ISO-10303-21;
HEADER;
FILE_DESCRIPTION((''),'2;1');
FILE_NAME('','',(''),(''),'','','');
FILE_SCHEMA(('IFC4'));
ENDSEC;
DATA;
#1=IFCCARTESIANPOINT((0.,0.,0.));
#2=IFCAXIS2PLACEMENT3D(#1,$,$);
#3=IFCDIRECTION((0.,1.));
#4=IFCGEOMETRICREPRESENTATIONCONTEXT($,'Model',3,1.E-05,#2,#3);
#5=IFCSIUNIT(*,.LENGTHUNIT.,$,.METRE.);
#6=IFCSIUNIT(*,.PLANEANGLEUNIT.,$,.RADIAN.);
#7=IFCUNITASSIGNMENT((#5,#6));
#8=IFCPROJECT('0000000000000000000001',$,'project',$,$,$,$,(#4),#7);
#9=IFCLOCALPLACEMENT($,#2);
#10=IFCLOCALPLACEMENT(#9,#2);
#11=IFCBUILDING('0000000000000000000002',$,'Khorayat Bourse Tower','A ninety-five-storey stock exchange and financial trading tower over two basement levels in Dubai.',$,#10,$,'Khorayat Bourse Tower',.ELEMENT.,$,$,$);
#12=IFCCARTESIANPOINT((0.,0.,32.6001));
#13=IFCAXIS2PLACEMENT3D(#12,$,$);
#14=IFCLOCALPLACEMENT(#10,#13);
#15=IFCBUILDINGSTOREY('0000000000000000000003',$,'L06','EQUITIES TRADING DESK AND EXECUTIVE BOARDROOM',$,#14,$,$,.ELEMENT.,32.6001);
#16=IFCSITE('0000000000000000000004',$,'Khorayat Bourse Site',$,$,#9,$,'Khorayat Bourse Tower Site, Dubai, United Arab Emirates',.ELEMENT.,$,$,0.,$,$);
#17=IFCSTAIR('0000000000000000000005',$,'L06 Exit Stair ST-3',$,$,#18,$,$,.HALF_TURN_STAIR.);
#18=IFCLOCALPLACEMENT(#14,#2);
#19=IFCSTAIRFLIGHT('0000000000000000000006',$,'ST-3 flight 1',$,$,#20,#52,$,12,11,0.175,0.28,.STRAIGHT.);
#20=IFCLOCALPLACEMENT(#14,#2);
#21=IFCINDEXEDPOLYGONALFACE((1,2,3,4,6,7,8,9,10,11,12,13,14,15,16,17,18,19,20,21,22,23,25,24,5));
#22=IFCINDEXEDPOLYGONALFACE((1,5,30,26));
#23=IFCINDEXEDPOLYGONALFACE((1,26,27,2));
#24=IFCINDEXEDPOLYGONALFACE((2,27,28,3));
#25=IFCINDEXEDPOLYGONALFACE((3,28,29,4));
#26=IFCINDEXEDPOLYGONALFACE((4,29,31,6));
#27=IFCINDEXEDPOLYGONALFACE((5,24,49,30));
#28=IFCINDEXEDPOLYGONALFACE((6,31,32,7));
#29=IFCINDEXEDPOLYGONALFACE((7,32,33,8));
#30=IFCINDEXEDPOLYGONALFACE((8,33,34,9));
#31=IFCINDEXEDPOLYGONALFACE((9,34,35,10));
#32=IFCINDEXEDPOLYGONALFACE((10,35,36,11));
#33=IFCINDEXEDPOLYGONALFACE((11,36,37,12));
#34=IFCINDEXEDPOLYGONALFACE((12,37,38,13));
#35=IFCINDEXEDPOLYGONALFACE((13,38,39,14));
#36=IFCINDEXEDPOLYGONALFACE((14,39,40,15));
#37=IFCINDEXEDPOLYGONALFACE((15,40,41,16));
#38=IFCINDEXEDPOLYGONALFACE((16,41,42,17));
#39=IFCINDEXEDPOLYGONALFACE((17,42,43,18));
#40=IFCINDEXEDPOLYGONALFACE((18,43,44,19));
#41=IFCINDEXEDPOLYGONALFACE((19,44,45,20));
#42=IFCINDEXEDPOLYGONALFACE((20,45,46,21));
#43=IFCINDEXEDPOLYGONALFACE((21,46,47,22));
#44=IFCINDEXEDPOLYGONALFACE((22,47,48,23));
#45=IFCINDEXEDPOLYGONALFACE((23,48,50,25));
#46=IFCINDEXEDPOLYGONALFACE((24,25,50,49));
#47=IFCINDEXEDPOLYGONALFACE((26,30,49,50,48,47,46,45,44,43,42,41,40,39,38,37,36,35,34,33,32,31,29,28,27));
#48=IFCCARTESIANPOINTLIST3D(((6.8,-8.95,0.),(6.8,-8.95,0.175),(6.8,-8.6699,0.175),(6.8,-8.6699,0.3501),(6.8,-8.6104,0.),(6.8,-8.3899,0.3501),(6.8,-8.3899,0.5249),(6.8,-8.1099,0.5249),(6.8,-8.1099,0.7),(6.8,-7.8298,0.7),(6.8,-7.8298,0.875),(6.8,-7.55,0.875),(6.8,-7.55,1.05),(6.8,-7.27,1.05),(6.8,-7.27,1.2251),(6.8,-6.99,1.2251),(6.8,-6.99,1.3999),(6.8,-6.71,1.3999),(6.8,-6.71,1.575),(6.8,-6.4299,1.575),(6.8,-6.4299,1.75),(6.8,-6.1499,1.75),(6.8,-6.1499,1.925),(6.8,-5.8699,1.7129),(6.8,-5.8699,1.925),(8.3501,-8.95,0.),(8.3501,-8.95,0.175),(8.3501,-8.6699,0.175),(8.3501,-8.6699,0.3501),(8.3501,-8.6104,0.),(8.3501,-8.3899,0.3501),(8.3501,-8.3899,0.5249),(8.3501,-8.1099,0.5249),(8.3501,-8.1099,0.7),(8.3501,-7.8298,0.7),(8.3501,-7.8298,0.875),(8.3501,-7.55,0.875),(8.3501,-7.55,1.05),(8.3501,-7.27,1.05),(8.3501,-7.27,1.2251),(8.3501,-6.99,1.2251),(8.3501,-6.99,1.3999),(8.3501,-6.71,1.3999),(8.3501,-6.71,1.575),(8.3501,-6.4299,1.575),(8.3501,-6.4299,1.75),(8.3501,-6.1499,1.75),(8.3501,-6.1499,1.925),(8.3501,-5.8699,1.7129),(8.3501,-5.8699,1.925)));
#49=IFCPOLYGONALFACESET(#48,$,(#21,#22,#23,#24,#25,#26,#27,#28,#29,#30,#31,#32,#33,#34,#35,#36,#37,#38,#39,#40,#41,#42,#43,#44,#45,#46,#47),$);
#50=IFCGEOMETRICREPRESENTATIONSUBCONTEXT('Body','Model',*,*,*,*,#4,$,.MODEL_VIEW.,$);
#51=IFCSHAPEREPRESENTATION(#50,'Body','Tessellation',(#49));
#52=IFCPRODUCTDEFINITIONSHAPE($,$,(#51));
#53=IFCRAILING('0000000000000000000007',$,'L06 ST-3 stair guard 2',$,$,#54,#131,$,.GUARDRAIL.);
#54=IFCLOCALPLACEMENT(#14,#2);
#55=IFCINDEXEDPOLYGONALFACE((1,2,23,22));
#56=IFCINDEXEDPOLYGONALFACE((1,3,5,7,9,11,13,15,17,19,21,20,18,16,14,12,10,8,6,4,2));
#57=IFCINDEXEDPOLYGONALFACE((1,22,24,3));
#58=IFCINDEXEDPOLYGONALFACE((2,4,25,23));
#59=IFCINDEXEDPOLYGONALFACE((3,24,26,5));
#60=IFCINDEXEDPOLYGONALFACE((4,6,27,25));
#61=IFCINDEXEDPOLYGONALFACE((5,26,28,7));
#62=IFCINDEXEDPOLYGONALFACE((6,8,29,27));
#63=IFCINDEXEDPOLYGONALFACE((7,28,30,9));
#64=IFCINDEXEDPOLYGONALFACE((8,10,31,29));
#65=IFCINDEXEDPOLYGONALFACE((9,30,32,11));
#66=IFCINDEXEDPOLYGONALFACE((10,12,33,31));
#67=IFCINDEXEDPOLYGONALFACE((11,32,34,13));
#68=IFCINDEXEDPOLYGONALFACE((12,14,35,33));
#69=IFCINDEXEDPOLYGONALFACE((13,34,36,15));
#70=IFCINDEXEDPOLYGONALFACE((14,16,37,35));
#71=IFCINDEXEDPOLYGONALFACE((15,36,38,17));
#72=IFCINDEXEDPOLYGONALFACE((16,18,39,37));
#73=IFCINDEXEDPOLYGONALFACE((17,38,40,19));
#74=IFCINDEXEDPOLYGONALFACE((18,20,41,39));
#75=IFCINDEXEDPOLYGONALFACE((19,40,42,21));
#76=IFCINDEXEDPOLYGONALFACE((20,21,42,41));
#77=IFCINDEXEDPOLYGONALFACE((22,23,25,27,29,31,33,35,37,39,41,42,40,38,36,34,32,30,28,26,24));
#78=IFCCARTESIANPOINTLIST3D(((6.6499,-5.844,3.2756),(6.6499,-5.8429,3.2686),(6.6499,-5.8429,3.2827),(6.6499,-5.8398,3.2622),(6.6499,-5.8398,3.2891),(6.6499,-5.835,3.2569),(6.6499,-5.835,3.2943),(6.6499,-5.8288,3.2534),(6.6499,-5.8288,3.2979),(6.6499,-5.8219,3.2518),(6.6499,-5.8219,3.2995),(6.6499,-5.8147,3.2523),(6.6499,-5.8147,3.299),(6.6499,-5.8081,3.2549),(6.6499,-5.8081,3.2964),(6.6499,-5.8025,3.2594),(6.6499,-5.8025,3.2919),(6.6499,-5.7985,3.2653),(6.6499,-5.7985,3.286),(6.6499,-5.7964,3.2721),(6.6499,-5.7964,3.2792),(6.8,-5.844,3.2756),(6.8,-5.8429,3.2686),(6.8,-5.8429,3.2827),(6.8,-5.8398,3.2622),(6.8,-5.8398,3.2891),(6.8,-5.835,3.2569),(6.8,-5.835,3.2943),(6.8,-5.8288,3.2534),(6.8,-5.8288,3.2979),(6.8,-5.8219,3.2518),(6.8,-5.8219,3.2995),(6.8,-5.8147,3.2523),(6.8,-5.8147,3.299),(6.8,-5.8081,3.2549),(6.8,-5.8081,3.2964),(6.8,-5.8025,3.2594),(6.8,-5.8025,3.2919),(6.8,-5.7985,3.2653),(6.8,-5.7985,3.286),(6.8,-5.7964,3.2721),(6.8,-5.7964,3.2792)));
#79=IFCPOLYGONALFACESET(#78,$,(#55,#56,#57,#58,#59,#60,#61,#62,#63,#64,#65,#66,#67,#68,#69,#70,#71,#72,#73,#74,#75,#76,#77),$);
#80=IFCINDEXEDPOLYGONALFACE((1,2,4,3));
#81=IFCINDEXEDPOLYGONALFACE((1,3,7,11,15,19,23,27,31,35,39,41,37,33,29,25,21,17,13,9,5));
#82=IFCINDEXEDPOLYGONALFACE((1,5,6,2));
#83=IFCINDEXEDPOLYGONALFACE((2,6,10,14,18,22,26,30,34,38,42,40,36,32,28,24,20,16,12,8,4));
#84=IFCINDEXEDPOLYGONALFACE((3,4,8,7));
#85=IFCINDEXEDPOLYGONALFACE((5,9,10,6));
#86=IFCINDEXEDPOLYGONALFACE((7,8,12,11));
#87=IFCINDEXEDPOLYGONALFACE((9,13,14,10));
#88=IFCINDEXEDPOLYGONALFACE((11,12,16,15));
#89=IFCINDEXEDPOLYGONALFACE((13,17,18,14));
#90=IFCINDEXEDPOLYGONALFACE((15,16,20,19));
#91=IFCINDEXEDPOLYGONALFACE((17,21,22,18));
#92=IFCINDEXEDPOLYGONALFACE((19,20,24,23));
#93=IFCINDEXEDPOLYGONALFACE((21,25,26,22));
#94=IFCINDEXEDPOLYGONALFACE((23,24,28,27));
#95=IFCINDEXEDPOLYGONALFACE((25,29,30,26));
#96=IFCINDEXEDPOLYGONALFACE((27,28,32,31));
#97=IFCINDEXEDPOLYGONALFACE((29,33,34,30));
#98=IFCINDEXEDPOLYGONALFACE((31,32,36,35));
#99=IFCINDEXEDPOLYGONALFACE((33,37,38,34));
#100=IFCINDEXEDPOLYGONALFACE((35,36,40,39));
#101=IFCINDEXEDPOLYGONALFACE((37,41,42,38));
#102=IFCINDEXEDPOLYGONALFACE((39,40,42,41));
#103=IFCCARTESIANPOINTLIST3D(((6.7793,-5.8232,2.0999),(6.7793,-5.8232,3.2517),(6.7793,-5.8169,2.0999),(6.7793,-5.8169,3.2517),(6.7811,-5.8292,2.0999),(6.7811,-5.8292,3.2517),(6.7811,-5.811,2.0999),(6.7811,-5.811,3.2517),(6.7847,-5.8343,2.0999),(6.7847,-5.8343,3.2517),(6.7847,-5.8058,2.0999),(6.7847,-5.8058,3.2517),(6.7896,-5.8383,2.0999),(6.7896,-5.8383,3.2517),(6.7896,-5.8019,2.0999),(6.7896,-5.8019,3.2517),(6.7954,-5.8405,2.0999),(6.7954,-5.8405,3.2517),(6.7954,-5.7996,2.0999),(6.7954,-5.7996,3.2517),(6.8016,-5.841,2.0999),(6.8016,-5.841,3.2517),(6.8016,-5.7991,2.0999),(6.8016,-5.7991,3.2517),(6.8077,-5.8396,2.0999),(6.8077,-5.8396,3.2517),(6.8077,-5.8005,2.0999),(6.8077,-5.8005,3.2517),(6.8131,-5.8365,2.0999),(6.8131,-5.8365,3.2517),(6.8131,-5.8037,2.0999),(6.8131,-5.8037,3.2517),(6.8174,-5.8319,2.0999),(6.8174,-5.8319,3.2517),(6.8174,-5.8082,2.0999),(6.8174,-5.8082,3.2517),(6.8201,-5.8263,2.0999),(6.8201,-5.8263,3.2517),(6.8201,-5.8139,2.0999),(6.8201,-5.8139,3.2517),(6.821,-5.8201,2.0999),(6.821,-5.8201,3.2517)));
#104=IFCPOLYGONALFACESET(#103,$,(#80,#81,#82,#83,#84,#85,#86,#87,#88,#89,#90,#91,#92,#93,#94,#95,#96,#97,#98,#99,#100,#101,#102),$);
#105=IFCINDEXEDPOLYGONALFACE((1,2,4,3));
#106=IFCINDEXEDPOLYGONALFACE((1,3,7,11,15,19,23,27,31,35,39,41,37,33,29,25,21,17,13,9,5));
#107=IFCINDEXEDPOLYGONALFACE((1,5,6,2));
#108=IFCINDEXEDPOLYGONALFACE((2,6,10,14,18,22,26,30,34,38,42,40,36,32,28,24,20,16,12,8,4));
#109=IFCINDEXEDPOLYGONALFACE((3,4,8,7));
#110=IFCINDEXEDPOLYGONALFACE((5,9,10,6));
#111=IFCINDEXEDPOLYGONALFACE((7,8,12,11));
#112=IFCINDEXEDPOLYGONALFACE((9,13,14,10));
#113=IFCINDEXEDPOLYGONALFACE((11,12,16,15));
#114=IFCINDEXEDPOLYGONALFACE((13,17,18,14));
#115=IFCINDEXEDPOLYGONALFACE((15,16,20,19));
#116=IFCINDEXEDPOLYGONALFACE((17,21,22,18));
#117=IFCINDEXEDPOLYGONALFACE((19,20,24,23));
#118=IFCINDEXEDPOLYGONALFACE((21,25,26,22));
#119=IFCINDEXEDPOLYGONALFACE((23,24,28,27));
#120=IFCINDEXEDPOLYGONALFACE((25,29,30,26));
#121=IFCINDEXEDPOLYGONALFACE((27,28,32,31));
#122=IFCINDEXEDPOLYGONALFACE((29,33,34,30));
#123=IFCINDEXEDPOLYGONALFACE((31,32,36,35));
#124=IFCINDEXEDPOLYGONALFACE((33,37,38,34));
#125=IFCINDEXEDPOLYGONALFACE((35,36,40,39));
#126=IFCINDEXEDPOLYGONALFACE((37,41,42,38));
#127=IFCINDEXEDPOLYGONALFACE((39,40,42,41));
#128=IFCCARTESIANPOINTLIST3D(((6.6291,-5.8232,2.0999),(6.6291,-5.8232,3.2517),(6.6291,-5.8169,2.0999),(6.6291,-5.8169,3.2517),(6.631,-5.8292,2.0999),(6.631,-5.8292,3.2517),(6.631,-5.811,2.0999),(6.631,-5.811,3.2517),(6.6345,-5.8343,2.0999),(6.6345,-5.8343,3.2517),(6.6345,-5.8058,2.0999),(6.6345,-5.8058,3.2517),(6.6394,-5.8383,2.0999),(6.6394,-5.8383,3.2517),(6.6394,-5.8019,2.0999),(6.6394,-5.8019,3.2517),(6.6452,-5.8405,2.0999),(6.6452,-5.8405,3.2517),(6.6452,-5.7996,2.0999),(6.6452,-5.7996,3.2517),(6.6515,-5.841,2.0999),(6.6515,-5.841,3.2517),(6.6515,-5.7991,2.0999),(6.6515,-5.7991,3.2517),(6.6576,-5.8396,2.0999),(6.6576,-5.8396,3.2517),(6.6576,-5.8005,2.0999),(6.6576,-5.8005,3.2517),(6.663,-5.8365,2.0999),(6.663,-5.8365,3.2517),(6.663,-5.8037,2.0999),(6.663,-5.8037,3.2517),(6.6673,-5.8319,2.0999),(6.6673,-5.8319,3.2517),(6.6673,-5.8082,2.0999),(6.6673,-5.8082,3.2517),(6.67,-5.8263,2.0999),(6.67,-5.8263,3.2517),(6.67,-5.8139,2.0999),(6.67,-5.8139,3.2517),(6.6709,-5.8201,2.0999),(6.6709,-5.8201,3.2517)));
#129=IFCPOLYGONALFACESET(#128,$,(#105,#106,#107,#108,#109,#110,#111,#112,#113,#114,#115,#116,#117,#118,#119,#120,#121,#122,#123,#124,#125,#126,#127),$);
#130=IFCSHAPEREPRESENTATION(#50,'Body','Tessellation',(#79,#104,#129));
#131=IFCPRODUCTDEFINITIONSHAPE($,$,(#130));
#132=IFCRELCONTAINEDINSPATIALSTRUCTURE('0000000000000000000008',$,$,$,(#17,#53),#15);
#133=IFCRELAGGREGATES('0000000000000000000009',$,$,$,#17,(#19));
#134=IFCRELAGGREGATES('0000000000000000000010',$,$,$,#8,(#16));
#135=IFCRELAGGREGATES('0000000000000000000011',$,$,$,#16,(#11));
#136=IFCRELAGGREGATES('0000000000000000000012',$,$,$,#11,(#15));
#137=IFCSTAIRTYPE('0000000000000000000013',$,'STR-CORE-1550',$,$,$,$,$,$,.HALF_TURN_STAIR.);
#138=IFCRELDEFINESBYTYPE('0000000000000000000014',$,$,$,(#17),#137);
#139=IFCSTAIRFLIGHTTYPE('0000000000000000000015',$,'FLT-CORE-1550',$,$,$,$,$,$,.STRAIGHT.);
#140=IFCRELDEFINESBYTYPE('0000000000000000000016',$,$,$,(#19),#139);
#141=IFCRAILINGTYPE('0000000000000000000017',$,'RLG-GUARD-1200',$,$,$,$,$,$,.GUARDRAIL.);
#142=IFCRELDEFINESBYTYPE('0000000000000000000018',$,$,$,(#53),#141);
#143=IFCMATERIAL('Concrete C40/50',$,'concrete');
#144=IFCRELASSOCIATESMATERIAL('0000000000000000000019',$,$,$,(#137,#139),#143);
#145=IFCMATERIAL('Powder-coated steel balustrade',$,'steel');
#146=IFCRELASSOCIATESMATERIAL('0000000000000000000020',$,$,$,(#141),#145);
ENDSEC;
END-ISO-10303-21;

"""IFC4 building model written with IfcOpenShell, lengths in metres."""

from ifc_helpers import new_model, si_unit, direction, frame, origin, origin_2d, place, context, subcontext, project, spatial, polyline, circle, outline, extrude, source, transform, mapped, material, type_object, element, aggregate, save


model = new_model("IFC4")

# Units and contexts
model_context = context("Model", 3, precision=1e-05, world=origin(), true_north=direction((0.0, 1.0)))
body_context = subcontext(model_context, "Body", "Model", "MODEL_VIEW")
ifc_project = project(units=[si_unit("LENGTHUNIT", "METRE"), si_unit("PLANEANGLEUNIT", "RADIAN")], contexts=[model_context])

# Site, building, storey
site_placement = place(None, origin())
site = spatial("IfcSite", under=ifc_project, at=site_placement, Name="Khorayat Bourse Site", LongName="Khorayat Bourse Tower Site, Dubai, United Arab Emirates", CompositionType="ELEMENT", RefElevation=0.0)
building_placement = place(site_placement, origin())
building = spatial("IfcBuilding", under=site, at=building_placement, Name="Khorayat Bourse Tower", Description="A ninety-five-storey stock exchange and financial trading tower over two basement levels in Dubai.", LongName="Khorayat Bourse Tower", CompositionType="ELEMENT")
storey_placement = place(building_placement, frame((0.0, 0.0, 32.6001)))
storey = spatial("IfcBuildingStorey", under=building, at=storey_placement, Name="L06", Description="EQUITIES TRADING DESK AND EXECUTIVE BOARDROOM", CompositionType="ELEMENT", Elevation=32.6001)

# Stair, stair flight
ifc_material_1 = material(Name="Concrete C40/50", Category="concrete")
stair_type = type_object("IfcStairType", Name="STR-CORE-1550", PredefinedType="HALF_TURN_STAIR", material=ifc_material_1)
stair_placement = place(storey_placement, origin())
stair = element("IfcStair", 1, at=stair_placement, inside=storey, type_object=stair_type, Name="L06 Exit Stair ST-3", PredefinedType="HALF_TURN_STAIR")
stair_flight_type = type_object("IfcStairFlightType", Name="FLT-CORE-1550", PredefinedType="STRAIGHT", material=ifc_material_1)
shared_shape_1 = source(origin(), body_context, "Body", "SweptSolid", [
    extrude(outline(polyline([(0.0, 0.0), (0.0, 0.175), (0.28, 0.175), (0.28, 0.3501), (0.5601, 0.3501), (0.5601, 0.5249), (0.8401, 0.5249), (0.8401, 0.7), (1.1201, 0.7), (1.1201, 0.875), (1.3999, 0.875), (1.3999, 1.05), (1.6799, 1.05), (1.6799, 1.2251), (1.96, 1.2251), (1.96, 1.3999), (2.24, 1.3999), (2.24, 1.575), (2.52, 1.575), (2.52, 1.75), (2.8, 1.75), (2.8, 1.925), (3.0801, 1.925), (3.0801, 2.1001), (3.0801, 1.7129), (0.3396, 0.0), (0.0, 0.0)])), frame((0.0, 0.7749, 0.0), z_axis=(0.0, -1.0, 0.0), x_axis=(1.0, 0.0, 0.0)), (0.0, 0.0, 1.0), 1.55),
])
stair_flight_placement = place(storey_placement, frame((7.575, -8.95, 0.0), z_axis=(0.0, 0.0, 1.0), x_axis=(0.0, 1.0, 0.0)))
stair_flight = element("IfcStairFlight", 2, at=stair_flight_placement, type_object=stair_flight_type, Name="ST-3 flight 1", NumberOfRisers=12, NumberOfTreads=11, PredefinedType="STRAIGHT", RiserHeight=0.175, TreadLength=0.28, context=body_context, shape_type="MappedRepresentation", body=[
    mapped(shared_shape_1, transform((0.0, 0.0, 0.0), scale=1.0)),
])
aggregate(stair, [stair_flight])

# Railing
ifc_material_2 = material(Name="Powder-coated steel balustrade", Category="steel")
railing_type_1 = type_object("IfcRailingType", Name="RLG-GUARD-1200", PredefinedType="GUARDRAIL", material=ifc_material_2)
shared_shape_2 = source(origin(), body_context, "Body", "SweptSolid", [
    extrude(circle(Radius=0.0239, at=origin_2d()), frame((0.0, 0.0, 1.1758), z_axis=(-1.0, 0.0, 0.0), x_axis=(0.0, -1.0, 0.0)), (0.0, 0.0, 1.0), 0.1501),
    extrude(circle(Radius=0.021, at=origin_2d()), origin(), (0.0, 0.0, 1.0), 1.1519),
    extrude(circle(Radius=0.021, at=origin_2d()), frame((-0.1501, 0.0, 0.0)), (0.0, 0.0, 1.0), 1.1519),
])
railing_1_placement = place(storey_placement, frame((6.8, -5.8201, 2.0999)))
element("IfcRailing", 3, at=railing_1_placement, inside=storey, type_object=railing_type_1, Name="L06 ST-3 stair guard 2", PredefinedType="GUARDRAIL", context=body_context, shape_type="MappedRepresentation", body=[
    mapped(shared_shape_2, transform((0.0, 0.0, 0.0), scale=1.0)),
])

save(model, "model.ifc")
